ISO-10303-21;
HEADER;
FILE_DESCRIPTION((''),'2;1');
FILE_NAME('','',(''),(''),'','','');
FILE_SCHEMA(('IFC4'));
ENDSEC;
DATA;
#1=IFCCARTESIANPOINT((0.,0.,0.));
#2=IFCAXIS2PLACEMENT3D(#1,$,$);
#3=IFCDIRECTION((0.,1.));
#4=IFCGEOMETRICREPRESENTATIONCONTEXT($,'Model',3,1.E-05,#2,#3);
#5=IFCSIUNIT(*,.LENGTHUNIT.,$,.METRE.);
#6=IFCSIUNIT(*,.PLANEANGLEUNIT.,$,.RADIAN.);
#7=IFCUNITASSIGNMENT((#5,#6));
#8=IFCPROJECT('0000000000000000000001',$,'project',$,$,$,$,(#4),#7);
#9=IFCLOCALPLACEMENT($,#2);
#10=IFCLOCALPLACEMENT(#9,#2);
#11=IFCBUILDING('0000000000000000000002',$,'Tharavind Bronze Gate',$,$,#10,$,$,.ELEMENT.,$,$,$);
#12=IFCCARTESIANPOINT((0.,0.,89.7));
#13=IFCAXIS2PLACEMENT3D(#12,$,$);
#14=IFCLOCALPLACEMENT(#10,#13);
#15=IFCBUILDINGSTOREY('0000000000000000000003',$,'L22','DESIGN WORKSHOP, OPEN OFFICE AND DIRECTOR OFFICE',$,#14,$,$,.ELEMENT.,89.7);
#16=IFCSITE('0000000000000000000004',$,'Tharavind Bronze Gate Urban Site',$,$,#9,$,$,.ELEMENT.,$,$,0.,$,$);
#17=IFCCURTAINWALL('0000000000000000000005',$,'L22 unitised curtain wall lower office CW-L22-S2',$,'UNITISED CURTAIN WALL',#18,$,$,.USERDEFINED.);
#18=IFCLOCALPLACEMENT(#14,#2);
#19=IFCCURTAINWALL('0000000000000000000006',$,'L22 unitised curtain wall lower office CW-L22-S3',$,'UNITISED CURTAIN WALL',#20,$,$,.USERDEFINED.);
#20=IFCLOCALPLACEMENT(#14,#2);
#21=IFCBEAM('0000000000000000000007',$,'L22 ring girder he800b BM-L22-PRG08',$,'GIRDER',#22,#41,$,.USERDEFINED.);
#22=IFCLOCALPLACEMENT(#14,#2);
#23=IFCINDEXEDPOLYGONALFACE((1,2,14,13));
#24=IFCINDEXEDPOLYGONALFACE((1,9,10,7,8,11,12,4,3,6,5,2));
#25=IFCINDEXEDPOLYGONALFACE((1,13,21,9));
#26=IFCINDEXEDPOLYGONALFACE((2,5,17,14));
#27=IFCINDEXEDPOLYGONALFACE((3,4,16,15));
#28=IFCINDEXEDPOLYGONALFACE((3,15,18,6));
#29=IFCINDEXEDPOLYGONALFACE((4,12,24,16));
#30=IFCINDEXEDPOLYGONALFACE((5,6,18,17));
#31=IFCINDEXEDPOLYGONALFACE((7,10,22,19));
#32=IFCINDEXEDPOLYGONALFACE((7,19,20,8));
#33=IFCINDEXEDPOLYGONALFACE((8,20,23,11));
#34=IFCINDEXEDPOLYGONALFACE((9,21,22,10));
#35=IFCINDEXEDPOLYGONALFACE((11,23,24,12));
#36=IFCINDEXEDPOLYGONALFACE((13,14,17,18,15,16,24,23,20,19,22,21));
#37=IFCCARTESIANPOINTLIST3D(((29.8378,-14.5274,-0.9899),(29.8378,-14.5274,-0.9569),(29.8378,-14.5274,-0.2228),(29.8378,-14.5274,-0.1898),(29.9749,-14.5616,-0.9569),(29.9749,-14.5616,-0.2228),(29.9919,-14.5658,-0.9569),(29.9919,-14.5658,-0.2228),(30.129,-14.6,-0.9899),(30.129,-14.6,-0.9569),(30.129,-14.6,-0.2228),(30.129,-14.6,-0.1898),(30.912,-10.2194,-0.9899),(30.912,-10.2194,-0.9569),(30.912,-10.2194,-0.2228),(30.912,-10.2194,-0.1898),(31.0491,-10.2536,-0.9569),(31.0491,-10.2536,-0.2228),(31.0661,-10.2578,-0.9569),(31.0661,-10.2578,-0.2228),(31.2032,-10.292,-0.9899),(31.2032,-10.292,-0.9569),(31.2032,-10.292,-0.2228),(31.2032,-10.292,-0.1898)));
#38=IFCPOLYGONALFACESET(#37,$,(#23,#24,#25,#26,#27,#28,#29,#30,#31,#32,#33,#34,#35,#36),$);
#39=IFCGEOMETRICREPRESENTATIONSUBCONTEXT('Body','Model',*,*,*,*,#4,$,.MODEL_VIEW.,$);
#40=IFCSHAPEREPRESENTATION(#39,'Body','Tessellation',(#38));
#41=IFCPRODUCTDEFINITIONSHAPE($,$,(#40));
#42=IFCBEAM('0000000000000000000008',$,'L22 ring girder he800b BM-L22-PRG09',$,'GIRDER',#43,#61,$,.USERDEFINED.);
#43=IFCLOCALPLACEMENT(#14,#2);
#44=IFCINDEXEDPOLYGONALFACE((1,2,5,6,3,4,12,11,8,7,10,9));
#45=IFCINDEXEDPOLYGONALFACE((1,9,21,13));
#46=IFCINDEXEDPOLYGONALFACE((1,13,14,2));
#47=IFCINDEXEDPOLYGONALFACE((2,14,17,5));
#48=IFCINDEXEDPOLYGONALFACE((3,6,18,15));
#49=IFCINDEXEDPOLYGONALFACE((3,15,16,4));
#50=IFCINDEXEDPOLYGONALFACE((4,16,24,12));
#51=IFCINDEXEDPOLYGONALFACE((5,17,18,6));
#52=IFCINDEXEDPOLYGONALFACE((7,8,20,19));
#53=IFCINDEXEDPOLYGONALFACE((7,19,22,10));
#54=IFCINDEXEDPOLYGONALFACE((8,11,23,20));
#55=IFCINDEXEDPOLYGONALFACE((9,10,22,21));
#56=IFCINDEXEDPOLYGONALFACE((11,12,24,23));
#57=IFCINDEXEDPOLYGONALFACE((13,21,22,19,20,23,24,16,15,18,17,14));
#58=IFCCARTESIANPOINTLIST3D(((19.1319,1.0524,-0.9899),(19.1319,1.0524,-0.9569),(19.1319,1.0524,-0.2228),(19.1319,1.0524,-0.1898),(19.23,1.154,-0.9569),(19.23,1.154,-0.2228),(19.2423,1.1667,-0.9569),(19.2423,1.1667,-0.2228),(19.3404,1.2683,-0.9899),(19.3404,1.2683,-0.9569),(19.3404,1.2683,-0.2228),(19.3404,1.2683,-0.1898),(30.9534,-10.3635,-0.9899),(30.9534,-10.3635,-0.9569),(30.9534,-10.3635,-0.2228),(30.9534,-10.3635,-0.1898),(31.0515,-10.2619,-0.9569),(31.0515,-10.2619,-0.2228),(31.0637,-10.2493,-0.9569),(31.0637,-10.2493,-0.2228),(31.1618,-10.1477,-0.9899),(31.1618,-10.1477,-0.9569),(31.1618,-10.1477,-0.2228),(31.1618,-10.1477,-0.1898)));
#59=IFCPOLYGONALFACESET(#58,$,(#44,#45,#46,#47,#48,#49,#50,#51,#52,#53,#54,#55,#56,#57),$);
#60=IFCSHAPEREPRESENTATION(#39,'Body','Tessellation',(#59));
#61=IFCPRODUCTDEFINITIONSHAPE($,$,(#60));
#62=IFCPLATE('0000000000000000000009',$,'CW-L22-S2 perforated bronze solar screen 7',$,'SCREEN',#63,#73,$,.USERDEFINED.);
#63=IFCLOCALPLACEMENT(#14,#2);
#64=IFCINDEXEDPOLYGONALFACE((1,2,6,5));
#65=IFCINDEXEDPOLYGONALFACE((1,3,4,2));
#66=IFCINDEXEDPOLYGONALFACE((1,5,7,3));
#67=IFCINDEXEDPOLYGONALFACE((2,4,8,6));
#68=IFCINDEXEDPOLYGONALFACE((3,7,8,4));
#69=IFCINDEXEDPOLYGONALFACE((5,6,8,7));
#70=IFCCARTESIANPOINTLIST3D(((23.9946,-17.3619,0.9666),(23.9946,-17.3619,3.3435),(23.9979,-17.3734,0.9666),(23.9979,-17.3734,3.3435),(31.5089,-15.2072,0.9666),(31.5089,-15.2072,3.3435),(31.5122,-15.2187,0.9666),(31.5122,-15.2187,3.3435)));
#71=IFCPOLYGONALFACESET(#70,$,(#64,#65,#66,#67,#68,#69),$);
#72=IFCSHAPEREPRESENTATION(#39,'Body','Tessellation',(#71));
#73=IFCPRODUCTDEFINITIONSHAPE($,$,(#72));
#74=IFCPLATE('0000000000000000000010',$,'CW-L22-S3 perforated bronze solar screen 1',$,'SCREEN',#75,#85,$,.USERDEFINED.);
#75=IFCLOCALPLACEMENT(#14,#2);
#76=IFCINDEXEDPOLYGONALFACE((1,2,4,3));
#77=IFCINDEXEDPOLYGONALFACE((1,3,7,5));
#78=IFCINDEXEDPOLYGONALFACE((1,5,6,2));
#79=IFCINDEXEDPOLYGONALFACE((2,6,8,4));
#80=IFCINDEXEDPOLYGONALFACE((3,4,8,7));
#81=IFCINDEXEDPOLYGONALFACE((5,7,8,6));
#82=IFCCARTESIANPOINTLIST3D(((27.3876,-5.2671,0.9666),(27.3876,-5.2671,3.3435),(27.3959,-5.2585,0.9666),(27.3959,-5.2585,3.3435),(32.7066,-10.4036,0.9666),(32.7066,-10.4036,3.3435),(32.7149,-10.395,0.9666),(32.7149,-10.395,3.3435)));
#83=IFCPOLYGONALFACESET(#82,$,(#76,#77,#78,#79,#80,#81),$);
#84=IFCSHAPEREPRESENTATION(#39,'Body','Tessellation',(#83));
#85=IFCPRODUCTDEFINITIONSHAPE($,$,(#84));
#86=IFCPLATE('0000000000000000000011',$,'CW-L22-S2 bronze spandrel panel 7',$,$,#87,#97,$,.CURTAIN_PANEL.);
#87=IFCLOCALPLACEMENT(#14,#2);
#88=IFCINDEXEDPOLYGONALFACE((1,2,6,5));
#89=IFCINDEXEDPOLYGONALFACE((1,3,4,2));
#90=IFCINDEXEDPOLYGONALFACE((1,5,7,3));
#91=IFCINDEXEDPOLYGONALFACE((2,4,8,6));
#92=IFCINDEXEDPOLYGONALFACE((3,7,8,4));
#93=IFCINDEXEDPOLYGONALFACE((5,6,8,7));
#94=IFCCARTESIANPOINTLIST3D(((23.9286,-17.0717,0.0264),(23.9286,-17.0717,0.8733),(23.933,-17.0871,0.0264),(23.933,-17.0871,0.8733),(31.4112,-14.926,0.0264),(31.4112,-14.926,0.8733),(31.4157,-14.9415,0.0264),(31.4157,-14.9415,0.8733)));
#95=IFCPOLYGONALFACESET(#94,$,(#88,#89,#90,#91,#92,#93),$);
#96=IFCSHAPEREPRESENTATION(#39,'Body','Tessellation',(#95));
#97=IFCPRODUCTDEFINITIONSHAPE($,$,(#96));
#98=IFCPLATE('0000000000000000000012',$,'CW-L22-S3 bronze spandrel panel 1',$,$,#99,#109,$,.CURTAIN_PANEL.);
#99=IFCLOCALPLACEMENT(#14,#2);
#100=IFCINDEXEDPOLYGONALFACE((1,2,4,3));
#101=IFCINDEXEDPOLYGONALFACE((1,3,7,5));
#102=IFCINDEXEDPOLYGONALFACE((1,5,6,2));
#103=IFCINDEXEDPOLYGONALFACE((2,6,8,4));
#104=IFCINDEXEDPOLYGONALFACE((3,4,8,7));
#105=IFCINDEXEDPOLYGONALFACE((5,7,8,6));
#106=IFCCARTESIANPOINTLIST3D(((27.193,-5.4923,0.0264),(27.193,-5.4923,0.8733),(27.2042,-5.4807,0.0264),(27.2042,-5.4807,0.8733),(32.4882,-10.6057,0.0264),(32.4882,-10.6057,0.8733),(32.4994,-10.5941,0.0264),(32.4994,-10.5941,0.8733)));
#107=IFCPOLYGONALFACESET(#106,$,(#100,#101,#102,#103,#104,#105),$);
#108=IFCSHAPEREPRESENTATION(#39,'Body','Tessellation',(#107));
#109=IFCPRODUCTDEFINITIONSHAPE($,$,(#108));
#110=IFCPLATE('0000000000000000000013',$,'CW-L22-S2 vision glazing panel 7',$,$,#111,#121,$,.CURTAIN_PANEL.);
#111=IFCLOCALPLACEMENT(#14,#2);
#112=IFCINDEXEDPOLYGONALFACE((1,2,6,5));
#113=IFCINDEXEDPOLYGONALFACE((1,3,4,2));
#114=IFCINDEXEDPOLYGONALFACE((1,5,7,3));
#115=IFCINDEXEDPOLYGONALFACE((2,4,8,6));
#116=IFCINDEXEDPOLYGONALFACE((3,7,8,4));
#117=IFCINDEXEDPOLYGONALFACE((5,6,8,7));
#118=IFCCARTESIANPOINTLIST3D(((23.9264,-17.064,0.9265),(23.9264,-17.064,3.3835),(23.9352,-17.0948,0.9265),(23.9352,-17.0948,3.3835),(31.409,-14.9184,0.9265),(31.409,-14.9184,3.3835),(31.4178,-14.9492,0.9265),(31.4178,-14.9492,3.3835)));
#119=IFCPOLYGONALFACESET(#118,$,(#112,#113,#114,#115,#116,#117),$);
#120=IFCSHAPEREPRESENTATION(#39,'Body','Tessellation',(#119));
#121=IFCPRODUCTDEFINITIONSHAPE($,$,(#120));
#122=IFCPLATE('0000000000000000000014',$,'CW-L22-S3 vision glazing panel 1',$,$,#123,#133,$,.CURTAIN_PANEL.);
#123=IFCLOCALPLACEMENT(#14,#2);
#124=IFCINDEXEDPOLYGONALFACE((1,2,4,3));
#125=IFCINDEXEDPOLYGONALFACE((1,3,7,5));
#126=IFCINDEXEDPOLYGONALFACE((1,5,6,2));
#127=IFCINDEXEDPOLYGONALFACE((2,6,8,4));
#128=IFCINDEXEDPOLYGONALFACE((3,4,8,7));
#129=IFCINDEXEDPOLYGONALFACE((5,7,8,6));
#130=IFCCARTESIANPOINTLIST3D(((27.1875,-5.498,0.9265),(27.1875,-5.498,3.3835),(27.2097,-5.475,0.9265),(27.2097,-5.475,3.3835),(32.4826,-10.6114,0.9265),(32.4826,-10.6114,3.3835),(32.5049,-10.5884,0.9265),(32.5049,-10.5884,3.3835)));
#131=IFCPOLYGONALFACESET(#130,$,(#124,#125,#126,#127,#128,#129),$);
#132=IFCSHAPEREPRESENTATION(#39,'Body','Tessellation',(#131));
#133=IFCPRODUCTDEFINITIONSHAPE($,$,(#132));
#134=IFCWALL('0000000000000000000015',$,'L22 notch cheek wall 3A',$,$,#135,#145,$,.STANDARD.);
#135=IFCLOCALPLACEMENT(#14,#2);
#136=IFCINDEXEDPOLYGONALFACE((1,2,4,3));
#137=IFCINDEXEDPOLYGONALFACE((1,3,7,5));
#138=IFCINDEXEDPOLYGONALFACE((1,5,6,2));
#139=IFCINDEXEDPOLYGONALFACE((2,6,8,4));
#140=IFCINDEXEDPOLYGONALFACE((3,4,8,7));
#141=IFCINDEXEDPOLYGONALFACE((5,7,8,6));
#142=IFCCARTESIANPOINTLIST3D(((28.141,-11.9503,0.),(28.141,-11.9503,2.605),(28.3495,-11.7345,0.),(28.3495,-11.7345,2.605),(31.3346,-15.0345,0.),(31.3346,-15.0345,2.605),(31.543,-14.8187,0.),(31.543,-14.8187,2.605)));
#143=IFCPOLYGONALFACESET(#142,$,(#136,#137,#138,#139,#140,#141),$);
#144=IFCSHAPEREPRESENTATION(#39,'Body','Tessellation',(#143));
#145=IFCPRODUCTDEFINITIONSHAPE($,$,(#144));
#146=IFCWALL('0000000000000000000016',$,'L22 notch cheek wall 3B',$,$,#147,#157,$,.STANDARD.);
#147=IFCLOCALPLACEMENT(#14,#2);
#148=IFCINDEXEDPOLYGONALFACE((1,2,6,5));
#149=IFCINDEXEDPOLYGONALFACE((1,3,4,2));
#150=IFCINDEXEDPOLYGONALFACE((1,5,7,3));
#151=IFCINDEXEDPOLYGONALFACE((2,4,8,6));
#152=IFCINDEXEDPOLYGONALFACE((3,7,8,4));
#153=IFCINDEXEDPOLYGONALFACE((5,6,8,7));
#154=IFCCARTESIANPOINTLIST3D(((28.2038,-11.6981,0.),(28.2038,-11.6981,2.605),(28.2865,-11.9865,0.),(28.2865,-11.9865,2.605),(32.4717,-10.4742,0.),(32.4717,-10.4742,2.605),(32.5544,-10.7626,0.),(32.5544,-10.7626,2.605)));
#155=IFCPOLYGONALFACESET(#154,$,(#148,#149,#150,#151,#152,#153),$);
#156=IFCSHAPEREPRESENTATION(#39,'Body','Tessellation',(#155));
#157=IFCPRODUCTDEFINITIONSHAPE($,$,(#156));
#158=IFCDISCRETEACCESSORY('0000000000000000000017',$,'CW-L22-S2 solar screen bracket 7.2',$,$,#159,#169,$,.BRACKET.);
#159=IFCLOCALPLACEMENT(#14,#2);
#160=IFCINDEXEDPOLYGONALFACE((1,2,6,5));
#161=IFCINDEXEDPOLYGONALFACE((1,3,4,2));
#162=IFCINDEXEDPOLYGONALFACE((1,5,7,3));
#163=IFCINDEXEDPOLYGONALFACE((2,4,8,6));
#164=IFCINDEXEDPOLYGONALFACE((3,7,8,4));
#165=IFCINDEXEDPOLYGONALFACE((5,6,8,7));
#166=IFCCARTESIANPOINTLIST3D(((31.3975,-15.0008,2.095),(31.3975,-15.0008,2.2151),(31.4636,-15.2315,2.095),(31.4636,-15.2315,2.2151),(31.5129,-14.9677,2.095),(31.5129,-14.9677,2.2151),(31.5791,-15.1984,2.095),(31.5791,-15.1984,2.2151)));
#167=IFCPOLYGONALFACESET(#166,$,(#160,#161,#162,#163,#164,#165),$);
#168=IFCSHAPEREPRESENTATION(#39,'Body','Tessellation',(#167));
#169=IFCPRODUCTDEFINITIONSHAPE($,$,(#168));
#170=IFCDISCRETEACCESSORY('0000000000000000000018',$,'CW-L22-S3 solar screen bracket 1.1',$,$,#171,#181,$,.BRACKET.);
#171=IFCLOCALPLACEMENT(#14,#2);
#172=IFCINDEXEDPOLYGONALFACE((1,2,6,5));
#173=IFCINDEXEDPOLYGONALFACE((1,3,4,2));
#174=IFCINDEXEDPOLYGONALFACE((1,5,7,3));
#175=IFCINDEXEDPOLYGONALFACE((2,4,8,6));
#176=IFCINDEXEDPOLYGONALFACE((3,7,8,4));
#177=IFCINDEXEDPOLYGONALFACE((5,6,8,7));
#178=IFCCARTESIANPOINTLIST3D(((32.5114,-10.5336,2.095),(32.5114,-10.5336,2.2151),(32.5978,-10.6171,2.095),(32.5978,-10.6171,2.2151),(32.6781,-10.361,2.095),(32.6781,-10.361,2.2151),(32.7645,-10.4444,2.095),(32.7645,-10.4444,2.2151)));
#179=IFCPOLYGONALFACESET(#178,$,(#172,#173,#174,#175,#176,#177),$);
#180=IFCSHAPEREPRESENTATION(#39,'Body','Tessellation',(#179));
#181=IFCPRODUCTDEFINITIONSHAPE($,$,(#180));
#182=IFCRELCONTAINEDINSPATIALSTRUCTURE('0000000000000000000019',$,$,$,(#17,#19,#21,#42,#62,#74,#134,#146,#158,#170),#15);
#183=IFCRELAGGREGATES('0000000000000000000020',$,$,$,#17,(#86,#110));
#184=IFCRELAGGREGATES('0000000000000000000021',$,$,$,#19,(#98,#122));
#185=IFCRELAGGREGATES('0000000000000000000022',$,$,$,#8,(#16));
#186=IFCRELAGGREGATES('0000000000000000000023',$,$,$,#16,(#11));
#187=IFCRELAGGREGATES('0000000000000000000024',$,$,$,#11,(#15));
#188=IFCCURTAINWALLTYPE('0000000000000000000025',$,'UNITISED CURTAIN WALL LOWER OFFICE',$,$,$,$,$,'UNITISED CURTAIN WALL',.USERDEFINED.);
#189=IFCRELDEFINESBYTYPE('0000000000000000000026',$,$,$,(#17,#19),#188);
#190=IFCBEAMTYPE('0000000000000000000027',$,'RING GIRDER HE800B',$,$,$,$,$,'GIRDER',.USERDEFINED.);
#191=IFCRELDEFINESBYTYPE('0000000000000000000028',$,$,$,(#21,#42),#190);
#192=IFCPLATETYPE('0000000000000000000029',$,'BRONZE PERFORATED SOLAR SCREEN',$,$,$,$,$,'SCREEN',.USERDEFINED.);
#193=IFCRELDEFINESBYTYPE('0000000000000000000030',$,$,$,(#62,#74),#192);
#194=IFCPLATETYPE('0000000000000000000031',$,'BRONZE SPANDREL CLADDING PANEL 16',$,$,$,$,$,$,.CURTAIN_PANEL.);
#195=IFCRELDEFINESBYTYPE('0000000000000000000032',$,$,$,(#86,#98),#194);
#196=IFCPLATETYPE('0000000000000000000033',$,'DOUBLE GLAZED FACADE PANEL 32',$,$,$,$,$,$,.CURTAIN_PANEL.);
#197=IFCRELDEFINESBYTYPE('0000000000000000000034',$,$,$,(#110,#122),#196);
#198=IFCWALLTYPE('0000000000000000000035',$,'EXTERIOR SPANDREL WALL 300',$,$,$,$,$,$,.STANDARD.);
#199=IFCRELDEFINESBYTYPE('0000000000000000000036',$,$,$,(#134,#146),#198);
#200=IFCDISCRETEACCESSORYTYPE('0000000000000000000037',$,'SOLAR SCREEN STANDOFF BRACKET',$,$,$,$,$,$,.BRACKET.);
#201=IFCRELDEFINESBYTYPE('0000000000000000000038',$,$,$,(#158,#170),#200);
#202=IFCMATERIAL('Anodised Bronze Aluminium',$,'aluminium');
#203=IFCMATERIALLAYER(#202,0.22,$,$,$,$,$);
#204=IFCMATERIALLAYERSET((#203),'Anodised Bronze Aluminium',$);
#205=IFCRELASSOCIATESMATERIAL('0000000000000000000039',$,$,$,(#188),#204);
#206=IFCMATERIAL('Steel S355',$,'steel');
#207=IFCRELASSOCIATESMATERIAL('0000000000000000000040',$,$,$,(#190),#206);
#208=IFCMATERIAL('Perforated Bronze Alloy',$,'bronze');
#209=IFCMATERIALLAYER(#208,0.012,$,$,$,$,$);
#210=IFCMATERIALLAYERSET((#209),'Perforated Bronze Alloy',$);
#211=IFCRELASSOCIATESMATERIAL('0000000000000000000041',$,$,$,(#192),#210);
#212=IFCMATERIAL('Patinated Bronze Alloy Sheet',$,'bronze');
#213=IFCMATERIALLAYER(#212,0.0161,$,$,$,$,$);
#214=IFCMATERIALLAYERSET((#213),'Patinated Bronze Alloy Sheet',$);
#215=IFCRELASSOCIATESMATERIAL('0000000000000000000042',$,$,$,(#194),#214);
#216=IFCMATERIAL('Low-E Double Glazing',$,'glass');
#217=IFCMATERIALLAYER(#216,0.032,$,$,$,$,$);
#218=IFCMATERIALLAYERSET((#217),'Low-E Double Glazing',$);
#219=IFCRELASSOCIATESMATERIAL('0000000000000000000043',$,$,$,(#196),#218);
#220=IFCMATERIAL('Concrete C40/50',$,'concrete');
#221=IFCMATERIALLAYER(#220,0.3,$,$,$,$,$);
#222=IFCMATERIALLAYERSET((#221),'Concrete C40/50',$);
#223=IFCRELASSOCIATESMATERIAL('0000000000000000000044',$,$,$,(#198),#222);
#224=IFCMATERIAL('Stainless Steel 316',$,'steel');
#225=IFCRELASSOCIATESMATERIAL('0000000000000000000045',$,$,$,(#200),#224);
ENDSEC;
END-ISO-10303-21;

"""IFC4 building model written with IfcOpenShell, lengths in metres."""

from ifc_helpers import new_model, si_unit, direction, frame, frame_2d, origin, origin_2d, place, context, subcontext, project, spatial, rectangle, i_section, extrude, material, layer, layer_set, material_profile, profile_set, type_object, element, aggregate, save


model = new_model("IFC4")

# Units and contexts
model_context = context("Model", 3, precision=1e-05, world=origin(), true_north=direction((0.0, 1.0)))
body_context = subcontext(model_context, "Body", "Model", "MODEL_VIEW")
ifc_project = project(units=[si_unit("LENGTHUNIT", "METRE"), si_unit("PLANEANGLEUNIT", "RADIAN")], contexts=[model_context])

# Site, building, storey
site_placement = place(None, origin())
site = spatial("IfcSite", under=ifc_project, at=site_placement, Name="Tharavind Bronze Gate Urban Site", CompositionType="ELEMENT", RefElevation=0.0)
building_placement = place(site_placement, origin())
building = spatial("IfcBuilding", under=site, at=building_placement, Name="Tharavind Bronze Gate", CompositionType="ELEMENT")
storey_placement = place(building_placement, frame((0.0, 0.0, 89.7)))
storey = spatial("IfcBuildingStorey", under=building, at=storey_placement, Name="L22", Description="DESIGN WORKSHOP, OPEN OFFICE AND DIRECTOR OFFICE", CompositionType="ELEMENT", Elevation=89.7)

# Curtain walls
ifc_material_1 = material(Name="Anodised Bronze Aluminium", Category="aluminium")
ifc_layer_1 = layer(ifc_material_1, 0.22)
ifc_layer_set_1 = layer_set([ifc_layer_1], Name="Anodised Bronze Aluminium")
curtain_wall_type = type_object("IfcCurtainWallType", Name="UNITISED CURTAIN WALL LOWER OFFICE", ElementType="UNITISED CURTAIN WALL", PredefinedType="USERDEFINED", material=ifc_layer_set_1)
curtain_wall_1_placement = place(storey_placement, origin())
curtain_wall_1 = element("IfcCurtainWall", 1, at=curtain_wall_1_placement, inside=storey, type_object=curtain_wall_type, Name="L22 unitised curtain wall lower office CW-L22-S2", ObjectType="UNITISED CURTAIN WALL", PredefinedType="USERDEFINED")
curtain_wall_2_placement = place(storey_placement, origin())
curtain_wall_2 = element("IfcCurtainWall", 2, at=curtain_wall_2_placement, inside=storey, type_object=curtain_wall_type, Name="L22 unitised curtain wall lower office CW-L22-S3", ObjectType="UNITISED CURTAIN WALL", PredefinedType="USERDEFINED")

# Beams
ifc_material_2 = material(Name="Steel S355", Category="steel")
ifc_material_profile_1 = material_profile(ifc_material_2, i_section(OverallWidth=0.3, OverallDepth=0.8, WebThickness=0.0176, FlangeThickness=0.033, at=origin_2d()), Name="HE800B")
ifc_profile_set_1 = profile_set([ifc_material_profile_1], Name="Steel S355")
beam_type_1 = type_object("IfcBeamType", Name="RING GIRDER HE800B", ElementType="GIRDER", PredefinedType="USERDEFINED", material=ifc_profile_set_1)
beam_1_placement = place(storey_placement, frame((29.9834, -14.5637, -0.5898), z_axis=(0.24194, 0.970291, 0.0), x_axis=(-0.970291, 0.24194, 0.0)))
element("IfcBeam", 3, at=beam_1_placement, inside=storey, type_object=beam_type_1, Name="L22 ring girder he800b BM-L22-PRG08", ObjectType="GIRDER", PredefinedType="USERDEFINED", context=body_context, shape_type="SweptSolid", body=[
    extrude(i_section(OverallWidth=0.3, OverallDepth=0.8, WebThickness=0.0176, FlangeThickness=0.033, at=origin_2d()), origin(), (0.0, 0.0, 1.0), 4.4399),
])
beam_2_placement = place(storey_placement, frame((31.0576, -10.2556, -0.5898), z_axis=(-0.719337, 0.694661, 0.0), x_axis=(-0.694661, -0.719337, 0.0)))
element("IfcBeam", 4, at=beam_2_placement, inside=storey, type_object=beam_type_1, Name="L22 ring girder he800b BM-L22-PRG09", ObjectType="GIRDER", PredefinedType="USERDEFINED", context=body_context, shape_type="SweptSolid", body=[
    extrude(i_section(OverallWidth=0.3, OverallDepth=0.8, WebThickness=0.0176, FlangeThickness=0.033, at=origin_2d()), origin(), (0.0, 0.0, 1.0), 16.4338),
])

# Plates
ifc_material_3 = material(Name="Perforated Bronze Alloy", Category="bronze")
ifc_layer_2 = layer(ifc_material_3, 0.012)
ifc_layer_set_2 = layer_set([ifc_layer_2], Name="Perforated Bronze Alloy")
plate_type_1 = type_object("IfcPlateType", Name="BRONZE PERFORATED SOLAR SCREEN", ElementType="SCREEN", PredefinedType="USERDEFINED", material=ifc_layer_set_2)
plate_1_placement = place(storey_placement, frame((27.7534, -16.2903, 0.9666), z_axis=(0.0, 0.0, 1.0), x_axis=(0.961262, 0.275637, 0.0)))
element("IfcPlate", 5, at=plate_1_placement, inside=storey, type_object=plate_type_1, Name="CW-L22-S2 perforated bronze solar screen 7", ObjectType="SCREEN", PredefinedType="USERDEFINED", context=body_context, shape_type="SweptSolid", body=[
    extrude(rectangle(XDim=7.8171, YDim=0.012, at=origin_2d()), origin(), (0.0, 0.0, 1.0), 2.377),
])
plate_2_placement = place(storey_placement, frame((30.0513, -7.8311, 0.9666), z_axis=(0.0, 0.0, 1.0), x_axis=(-0.719341, 0.694657, 0.0)))
element("IfcPlate", 6, at=plate_2_placement, inside=storey, type_object=plate_type_1, Name="CW-L22-S3 perforated bronze solar screen 1", ObjectType="SCREEN", PredefinedType="USERDEFINED", context=body_context, shape_type="SweptSolid", body=[
    extrude(rectangle(XDim=7.3943, YDim=0.012, at=origin_2d()), origin(), (0.0, 0.0, 1.0), 2.377),
])

# Plates
ifc_material_4 = material(Name="Patinated Bronze Alloy Sheet", Category="bronze")
ifc_layer_3 = layer(ifc_material_4, 0.0161)
ifc_layer_set_3 = layer_set([ifc_layer_3], Name="Patinated Bronze Alloy Sheet")
plate_type_2 = type_object("IfcPlateType", Name="BRONZE SPANDREL CLADDING PANEL 16", PredefinedType="CURTAIN_PANEL", material=ifc_layer_set_3)
plate_3_placement = place(storey_placement, frame((27.6721, -16.0066, 0.0264), z_axis=(0.0, 0.0, 1.0), x_axis=(0.961262, 0.275637, 0.0)))
plate_3 = element("IfcPlate", 7, at=plate_3_placement, type_object=plate_type_2, Name="CW-L22-S2 bronze spandrel panel 7", PredefinedType="CURTAIN_PANEL", context=body_context, shape_type="SweptSolid", body=[
    extrude(rectangle(XDim=7.7842, YDim=0.0161, at=origin_2d()), origin(), (0.0, 0.0, 1.0), 0.8469),
])
plate_4_placement = place(storey_placement, frame((29.8462, -8.0432, 0.0264), z_axis=(0.0, 0.0, 1.0), x_axis=(-0.719341, 0.694657, 0.0)))
plate_4 = element("IfcPlate", 8, at=plate_4_placement, type_object=plate_type_2, Name="CW-L22-S3 bronze spandrel panel 1", PredefinedType="CURTAIN_PANEL", context=body_context, shape_type="SweptSolid", body=[
    extrude(rectangle(XDim=7.3611, YDim=0.0161, at=origin_2d()), origin(), (0.0, 0.0, 1.0), 0.8469),
])
ifc_material_5 = material(Name="Low-E Double Glazing", Category="glass")
ifc_layer_4 = layer(ifc_material_5, 0.032)
ifc_layer_set_4 = layer_set([ifc_layer_4], Name="Low-E Double Glazing")
plate_type_3 = type_object("IfcPlateType", Name="DOUBLE GLAZED FACADE PANEL 32", PredefinedType="CURTAIN_PANEL", material=ifc_layer_set_4)
plate_5_placement = place(storey_placement, frame((27.6721, -16.0066, 0.9265), z_axis=(0.0, 0.0, 1.0), x_axis=(0.961262, 0.275637, 0.0)))
plate_5 = element("IfcPlate", 9, at=plate_5_placement, type_object=plate_type_3, Name="CW-L22-S2 vision glazing panel 7", PredefinedType="CURTAIN_PANEL", context=body_context, shape_type="SweptSolid", body=[
    extrude(rectangle(XDim=7.7842, YDim=0.032, at=origin_2d()), origin(), (0.0, 0.0, 1.0), 2.457),
])
aggregate(curtain_wall_1, [plate_3, plate_5])
plate_6_placement = place(storey_placement, frame((29.8462, -8.0432, 0.9265), z_axis=(0.0, 0.0, 1.0), x_axis=(-0.719341, 0.694657, 0.0)))
plate_6 = element("IfcPlate", 10, at=plate_6_placement, type_object=plate_type_3, Name="CW-L22-S3 vision glazing panel 1", PredefinedType="CURTAIN_PANEL", context=body_context, shape_type="SweptSolid", body=[
    extrude(rectangle(XDim=7.3611, YDim=0.032, at=origin_2d()), origin(), (0.0, 0.0, 1.0), 2.457),
])
aggregate(curtain_wall_2, [plate_4, plate_6])

# Walls
ifc_material_6 = material(Name="Concrete C40/50", Category="concrete")
ifc_layer_5 = layer(ifc_material_6, 0.3)
ifc_layer_set_5 = layer_set([ifc_layer_5], Name="Concrete C40/50")
wall_type = type_object("IfcWallType", Name="EXTERIOR SPANDREL WALL 300", PredefinedType="STANDARD", material=ifc_layer_set_5)
wall_1_placement = place(storey_placement, frame((31.4387, -14.9265, 0.0), z_axis=(0.0, 0.0, 1.0), x_axis=(-0.719317, 0.694682, 0.0)))
element("IfcWall", 11, at=wall_1_placement, inside=storey, type_object=wall_type, Name="L22 notch cheek wall 3A", PredefinedType="STANDARD", context=body_context, shape_type="SweptSolid", body=[
    extrude(rectangle(XDim=4.4397, YDim=0.3, at=frame_2d((2.2197, 0.0))), origin(), (0.0, 0.0, 1.0), 2.605),
])
wall_2_placement = place(storey_placement, frame((28.2451, -11.8423, 0.0), z_axis=(0.0, 0.0, 1.0), x_axis=(0.961256, 0.275658, 0.0)))
element("IfcWall", 12, at=wall_2_placement, inside=storey, type_object=wall_type, Name="L22 notch cheek wall 3B", PredefinedType="STANDARD", context=body_context, shape_type="SweptSolid", body=[
    extrude(rectangle(XDim=4.4399, YDim=0.3, at=frame_2d((2.22, 0.0))), origin(), (0.0, 0.0, 1.0), 2.605),
])

# Discrete accessories
ifc_material_7 = material(Name="Stainless Steel 316", Category="steel")
discrete_accessory_type = type_object("IfcDiscreteAccessoryType", Name="SOLAR SCREEN STANDOFF BRACKET", PredefinedType="BRACKET", material=ifc_material_7)
for number, where, z_axis, x_axis, name in (
    (13, (31.4883, -15.0996, 2.095), (0.0, 0.0, 1.0), (0.961262, 0.275637, 0.0), "CW-L22-S2 solar screen bracket 7.2"),
    (14, (32.6379, -10.489, 2.095), (0.0, 0.0, 1.0), (-0.719341, 0.694657, 0.0), "CW-L22-S3 solar screen bracket 1.1"),
):
    element("IfcDiscreteAccessory", number, at=place(storey_placement, frame(where, z_axis=z_axis, x_axis=x_axis)), inside=storey, type_object=discrete_accessory_type, Name=name, PredefinedType="BRACKET", context=body_context, shape_type="SweptSolid", body=[
        extrude(rectangle(XDim=0.1201, YDim=0.24, at=origin_2d()), origin(), (0.0, 0.0, 1.0), 0.1201),
    ])

save(model, "model.ifc")
